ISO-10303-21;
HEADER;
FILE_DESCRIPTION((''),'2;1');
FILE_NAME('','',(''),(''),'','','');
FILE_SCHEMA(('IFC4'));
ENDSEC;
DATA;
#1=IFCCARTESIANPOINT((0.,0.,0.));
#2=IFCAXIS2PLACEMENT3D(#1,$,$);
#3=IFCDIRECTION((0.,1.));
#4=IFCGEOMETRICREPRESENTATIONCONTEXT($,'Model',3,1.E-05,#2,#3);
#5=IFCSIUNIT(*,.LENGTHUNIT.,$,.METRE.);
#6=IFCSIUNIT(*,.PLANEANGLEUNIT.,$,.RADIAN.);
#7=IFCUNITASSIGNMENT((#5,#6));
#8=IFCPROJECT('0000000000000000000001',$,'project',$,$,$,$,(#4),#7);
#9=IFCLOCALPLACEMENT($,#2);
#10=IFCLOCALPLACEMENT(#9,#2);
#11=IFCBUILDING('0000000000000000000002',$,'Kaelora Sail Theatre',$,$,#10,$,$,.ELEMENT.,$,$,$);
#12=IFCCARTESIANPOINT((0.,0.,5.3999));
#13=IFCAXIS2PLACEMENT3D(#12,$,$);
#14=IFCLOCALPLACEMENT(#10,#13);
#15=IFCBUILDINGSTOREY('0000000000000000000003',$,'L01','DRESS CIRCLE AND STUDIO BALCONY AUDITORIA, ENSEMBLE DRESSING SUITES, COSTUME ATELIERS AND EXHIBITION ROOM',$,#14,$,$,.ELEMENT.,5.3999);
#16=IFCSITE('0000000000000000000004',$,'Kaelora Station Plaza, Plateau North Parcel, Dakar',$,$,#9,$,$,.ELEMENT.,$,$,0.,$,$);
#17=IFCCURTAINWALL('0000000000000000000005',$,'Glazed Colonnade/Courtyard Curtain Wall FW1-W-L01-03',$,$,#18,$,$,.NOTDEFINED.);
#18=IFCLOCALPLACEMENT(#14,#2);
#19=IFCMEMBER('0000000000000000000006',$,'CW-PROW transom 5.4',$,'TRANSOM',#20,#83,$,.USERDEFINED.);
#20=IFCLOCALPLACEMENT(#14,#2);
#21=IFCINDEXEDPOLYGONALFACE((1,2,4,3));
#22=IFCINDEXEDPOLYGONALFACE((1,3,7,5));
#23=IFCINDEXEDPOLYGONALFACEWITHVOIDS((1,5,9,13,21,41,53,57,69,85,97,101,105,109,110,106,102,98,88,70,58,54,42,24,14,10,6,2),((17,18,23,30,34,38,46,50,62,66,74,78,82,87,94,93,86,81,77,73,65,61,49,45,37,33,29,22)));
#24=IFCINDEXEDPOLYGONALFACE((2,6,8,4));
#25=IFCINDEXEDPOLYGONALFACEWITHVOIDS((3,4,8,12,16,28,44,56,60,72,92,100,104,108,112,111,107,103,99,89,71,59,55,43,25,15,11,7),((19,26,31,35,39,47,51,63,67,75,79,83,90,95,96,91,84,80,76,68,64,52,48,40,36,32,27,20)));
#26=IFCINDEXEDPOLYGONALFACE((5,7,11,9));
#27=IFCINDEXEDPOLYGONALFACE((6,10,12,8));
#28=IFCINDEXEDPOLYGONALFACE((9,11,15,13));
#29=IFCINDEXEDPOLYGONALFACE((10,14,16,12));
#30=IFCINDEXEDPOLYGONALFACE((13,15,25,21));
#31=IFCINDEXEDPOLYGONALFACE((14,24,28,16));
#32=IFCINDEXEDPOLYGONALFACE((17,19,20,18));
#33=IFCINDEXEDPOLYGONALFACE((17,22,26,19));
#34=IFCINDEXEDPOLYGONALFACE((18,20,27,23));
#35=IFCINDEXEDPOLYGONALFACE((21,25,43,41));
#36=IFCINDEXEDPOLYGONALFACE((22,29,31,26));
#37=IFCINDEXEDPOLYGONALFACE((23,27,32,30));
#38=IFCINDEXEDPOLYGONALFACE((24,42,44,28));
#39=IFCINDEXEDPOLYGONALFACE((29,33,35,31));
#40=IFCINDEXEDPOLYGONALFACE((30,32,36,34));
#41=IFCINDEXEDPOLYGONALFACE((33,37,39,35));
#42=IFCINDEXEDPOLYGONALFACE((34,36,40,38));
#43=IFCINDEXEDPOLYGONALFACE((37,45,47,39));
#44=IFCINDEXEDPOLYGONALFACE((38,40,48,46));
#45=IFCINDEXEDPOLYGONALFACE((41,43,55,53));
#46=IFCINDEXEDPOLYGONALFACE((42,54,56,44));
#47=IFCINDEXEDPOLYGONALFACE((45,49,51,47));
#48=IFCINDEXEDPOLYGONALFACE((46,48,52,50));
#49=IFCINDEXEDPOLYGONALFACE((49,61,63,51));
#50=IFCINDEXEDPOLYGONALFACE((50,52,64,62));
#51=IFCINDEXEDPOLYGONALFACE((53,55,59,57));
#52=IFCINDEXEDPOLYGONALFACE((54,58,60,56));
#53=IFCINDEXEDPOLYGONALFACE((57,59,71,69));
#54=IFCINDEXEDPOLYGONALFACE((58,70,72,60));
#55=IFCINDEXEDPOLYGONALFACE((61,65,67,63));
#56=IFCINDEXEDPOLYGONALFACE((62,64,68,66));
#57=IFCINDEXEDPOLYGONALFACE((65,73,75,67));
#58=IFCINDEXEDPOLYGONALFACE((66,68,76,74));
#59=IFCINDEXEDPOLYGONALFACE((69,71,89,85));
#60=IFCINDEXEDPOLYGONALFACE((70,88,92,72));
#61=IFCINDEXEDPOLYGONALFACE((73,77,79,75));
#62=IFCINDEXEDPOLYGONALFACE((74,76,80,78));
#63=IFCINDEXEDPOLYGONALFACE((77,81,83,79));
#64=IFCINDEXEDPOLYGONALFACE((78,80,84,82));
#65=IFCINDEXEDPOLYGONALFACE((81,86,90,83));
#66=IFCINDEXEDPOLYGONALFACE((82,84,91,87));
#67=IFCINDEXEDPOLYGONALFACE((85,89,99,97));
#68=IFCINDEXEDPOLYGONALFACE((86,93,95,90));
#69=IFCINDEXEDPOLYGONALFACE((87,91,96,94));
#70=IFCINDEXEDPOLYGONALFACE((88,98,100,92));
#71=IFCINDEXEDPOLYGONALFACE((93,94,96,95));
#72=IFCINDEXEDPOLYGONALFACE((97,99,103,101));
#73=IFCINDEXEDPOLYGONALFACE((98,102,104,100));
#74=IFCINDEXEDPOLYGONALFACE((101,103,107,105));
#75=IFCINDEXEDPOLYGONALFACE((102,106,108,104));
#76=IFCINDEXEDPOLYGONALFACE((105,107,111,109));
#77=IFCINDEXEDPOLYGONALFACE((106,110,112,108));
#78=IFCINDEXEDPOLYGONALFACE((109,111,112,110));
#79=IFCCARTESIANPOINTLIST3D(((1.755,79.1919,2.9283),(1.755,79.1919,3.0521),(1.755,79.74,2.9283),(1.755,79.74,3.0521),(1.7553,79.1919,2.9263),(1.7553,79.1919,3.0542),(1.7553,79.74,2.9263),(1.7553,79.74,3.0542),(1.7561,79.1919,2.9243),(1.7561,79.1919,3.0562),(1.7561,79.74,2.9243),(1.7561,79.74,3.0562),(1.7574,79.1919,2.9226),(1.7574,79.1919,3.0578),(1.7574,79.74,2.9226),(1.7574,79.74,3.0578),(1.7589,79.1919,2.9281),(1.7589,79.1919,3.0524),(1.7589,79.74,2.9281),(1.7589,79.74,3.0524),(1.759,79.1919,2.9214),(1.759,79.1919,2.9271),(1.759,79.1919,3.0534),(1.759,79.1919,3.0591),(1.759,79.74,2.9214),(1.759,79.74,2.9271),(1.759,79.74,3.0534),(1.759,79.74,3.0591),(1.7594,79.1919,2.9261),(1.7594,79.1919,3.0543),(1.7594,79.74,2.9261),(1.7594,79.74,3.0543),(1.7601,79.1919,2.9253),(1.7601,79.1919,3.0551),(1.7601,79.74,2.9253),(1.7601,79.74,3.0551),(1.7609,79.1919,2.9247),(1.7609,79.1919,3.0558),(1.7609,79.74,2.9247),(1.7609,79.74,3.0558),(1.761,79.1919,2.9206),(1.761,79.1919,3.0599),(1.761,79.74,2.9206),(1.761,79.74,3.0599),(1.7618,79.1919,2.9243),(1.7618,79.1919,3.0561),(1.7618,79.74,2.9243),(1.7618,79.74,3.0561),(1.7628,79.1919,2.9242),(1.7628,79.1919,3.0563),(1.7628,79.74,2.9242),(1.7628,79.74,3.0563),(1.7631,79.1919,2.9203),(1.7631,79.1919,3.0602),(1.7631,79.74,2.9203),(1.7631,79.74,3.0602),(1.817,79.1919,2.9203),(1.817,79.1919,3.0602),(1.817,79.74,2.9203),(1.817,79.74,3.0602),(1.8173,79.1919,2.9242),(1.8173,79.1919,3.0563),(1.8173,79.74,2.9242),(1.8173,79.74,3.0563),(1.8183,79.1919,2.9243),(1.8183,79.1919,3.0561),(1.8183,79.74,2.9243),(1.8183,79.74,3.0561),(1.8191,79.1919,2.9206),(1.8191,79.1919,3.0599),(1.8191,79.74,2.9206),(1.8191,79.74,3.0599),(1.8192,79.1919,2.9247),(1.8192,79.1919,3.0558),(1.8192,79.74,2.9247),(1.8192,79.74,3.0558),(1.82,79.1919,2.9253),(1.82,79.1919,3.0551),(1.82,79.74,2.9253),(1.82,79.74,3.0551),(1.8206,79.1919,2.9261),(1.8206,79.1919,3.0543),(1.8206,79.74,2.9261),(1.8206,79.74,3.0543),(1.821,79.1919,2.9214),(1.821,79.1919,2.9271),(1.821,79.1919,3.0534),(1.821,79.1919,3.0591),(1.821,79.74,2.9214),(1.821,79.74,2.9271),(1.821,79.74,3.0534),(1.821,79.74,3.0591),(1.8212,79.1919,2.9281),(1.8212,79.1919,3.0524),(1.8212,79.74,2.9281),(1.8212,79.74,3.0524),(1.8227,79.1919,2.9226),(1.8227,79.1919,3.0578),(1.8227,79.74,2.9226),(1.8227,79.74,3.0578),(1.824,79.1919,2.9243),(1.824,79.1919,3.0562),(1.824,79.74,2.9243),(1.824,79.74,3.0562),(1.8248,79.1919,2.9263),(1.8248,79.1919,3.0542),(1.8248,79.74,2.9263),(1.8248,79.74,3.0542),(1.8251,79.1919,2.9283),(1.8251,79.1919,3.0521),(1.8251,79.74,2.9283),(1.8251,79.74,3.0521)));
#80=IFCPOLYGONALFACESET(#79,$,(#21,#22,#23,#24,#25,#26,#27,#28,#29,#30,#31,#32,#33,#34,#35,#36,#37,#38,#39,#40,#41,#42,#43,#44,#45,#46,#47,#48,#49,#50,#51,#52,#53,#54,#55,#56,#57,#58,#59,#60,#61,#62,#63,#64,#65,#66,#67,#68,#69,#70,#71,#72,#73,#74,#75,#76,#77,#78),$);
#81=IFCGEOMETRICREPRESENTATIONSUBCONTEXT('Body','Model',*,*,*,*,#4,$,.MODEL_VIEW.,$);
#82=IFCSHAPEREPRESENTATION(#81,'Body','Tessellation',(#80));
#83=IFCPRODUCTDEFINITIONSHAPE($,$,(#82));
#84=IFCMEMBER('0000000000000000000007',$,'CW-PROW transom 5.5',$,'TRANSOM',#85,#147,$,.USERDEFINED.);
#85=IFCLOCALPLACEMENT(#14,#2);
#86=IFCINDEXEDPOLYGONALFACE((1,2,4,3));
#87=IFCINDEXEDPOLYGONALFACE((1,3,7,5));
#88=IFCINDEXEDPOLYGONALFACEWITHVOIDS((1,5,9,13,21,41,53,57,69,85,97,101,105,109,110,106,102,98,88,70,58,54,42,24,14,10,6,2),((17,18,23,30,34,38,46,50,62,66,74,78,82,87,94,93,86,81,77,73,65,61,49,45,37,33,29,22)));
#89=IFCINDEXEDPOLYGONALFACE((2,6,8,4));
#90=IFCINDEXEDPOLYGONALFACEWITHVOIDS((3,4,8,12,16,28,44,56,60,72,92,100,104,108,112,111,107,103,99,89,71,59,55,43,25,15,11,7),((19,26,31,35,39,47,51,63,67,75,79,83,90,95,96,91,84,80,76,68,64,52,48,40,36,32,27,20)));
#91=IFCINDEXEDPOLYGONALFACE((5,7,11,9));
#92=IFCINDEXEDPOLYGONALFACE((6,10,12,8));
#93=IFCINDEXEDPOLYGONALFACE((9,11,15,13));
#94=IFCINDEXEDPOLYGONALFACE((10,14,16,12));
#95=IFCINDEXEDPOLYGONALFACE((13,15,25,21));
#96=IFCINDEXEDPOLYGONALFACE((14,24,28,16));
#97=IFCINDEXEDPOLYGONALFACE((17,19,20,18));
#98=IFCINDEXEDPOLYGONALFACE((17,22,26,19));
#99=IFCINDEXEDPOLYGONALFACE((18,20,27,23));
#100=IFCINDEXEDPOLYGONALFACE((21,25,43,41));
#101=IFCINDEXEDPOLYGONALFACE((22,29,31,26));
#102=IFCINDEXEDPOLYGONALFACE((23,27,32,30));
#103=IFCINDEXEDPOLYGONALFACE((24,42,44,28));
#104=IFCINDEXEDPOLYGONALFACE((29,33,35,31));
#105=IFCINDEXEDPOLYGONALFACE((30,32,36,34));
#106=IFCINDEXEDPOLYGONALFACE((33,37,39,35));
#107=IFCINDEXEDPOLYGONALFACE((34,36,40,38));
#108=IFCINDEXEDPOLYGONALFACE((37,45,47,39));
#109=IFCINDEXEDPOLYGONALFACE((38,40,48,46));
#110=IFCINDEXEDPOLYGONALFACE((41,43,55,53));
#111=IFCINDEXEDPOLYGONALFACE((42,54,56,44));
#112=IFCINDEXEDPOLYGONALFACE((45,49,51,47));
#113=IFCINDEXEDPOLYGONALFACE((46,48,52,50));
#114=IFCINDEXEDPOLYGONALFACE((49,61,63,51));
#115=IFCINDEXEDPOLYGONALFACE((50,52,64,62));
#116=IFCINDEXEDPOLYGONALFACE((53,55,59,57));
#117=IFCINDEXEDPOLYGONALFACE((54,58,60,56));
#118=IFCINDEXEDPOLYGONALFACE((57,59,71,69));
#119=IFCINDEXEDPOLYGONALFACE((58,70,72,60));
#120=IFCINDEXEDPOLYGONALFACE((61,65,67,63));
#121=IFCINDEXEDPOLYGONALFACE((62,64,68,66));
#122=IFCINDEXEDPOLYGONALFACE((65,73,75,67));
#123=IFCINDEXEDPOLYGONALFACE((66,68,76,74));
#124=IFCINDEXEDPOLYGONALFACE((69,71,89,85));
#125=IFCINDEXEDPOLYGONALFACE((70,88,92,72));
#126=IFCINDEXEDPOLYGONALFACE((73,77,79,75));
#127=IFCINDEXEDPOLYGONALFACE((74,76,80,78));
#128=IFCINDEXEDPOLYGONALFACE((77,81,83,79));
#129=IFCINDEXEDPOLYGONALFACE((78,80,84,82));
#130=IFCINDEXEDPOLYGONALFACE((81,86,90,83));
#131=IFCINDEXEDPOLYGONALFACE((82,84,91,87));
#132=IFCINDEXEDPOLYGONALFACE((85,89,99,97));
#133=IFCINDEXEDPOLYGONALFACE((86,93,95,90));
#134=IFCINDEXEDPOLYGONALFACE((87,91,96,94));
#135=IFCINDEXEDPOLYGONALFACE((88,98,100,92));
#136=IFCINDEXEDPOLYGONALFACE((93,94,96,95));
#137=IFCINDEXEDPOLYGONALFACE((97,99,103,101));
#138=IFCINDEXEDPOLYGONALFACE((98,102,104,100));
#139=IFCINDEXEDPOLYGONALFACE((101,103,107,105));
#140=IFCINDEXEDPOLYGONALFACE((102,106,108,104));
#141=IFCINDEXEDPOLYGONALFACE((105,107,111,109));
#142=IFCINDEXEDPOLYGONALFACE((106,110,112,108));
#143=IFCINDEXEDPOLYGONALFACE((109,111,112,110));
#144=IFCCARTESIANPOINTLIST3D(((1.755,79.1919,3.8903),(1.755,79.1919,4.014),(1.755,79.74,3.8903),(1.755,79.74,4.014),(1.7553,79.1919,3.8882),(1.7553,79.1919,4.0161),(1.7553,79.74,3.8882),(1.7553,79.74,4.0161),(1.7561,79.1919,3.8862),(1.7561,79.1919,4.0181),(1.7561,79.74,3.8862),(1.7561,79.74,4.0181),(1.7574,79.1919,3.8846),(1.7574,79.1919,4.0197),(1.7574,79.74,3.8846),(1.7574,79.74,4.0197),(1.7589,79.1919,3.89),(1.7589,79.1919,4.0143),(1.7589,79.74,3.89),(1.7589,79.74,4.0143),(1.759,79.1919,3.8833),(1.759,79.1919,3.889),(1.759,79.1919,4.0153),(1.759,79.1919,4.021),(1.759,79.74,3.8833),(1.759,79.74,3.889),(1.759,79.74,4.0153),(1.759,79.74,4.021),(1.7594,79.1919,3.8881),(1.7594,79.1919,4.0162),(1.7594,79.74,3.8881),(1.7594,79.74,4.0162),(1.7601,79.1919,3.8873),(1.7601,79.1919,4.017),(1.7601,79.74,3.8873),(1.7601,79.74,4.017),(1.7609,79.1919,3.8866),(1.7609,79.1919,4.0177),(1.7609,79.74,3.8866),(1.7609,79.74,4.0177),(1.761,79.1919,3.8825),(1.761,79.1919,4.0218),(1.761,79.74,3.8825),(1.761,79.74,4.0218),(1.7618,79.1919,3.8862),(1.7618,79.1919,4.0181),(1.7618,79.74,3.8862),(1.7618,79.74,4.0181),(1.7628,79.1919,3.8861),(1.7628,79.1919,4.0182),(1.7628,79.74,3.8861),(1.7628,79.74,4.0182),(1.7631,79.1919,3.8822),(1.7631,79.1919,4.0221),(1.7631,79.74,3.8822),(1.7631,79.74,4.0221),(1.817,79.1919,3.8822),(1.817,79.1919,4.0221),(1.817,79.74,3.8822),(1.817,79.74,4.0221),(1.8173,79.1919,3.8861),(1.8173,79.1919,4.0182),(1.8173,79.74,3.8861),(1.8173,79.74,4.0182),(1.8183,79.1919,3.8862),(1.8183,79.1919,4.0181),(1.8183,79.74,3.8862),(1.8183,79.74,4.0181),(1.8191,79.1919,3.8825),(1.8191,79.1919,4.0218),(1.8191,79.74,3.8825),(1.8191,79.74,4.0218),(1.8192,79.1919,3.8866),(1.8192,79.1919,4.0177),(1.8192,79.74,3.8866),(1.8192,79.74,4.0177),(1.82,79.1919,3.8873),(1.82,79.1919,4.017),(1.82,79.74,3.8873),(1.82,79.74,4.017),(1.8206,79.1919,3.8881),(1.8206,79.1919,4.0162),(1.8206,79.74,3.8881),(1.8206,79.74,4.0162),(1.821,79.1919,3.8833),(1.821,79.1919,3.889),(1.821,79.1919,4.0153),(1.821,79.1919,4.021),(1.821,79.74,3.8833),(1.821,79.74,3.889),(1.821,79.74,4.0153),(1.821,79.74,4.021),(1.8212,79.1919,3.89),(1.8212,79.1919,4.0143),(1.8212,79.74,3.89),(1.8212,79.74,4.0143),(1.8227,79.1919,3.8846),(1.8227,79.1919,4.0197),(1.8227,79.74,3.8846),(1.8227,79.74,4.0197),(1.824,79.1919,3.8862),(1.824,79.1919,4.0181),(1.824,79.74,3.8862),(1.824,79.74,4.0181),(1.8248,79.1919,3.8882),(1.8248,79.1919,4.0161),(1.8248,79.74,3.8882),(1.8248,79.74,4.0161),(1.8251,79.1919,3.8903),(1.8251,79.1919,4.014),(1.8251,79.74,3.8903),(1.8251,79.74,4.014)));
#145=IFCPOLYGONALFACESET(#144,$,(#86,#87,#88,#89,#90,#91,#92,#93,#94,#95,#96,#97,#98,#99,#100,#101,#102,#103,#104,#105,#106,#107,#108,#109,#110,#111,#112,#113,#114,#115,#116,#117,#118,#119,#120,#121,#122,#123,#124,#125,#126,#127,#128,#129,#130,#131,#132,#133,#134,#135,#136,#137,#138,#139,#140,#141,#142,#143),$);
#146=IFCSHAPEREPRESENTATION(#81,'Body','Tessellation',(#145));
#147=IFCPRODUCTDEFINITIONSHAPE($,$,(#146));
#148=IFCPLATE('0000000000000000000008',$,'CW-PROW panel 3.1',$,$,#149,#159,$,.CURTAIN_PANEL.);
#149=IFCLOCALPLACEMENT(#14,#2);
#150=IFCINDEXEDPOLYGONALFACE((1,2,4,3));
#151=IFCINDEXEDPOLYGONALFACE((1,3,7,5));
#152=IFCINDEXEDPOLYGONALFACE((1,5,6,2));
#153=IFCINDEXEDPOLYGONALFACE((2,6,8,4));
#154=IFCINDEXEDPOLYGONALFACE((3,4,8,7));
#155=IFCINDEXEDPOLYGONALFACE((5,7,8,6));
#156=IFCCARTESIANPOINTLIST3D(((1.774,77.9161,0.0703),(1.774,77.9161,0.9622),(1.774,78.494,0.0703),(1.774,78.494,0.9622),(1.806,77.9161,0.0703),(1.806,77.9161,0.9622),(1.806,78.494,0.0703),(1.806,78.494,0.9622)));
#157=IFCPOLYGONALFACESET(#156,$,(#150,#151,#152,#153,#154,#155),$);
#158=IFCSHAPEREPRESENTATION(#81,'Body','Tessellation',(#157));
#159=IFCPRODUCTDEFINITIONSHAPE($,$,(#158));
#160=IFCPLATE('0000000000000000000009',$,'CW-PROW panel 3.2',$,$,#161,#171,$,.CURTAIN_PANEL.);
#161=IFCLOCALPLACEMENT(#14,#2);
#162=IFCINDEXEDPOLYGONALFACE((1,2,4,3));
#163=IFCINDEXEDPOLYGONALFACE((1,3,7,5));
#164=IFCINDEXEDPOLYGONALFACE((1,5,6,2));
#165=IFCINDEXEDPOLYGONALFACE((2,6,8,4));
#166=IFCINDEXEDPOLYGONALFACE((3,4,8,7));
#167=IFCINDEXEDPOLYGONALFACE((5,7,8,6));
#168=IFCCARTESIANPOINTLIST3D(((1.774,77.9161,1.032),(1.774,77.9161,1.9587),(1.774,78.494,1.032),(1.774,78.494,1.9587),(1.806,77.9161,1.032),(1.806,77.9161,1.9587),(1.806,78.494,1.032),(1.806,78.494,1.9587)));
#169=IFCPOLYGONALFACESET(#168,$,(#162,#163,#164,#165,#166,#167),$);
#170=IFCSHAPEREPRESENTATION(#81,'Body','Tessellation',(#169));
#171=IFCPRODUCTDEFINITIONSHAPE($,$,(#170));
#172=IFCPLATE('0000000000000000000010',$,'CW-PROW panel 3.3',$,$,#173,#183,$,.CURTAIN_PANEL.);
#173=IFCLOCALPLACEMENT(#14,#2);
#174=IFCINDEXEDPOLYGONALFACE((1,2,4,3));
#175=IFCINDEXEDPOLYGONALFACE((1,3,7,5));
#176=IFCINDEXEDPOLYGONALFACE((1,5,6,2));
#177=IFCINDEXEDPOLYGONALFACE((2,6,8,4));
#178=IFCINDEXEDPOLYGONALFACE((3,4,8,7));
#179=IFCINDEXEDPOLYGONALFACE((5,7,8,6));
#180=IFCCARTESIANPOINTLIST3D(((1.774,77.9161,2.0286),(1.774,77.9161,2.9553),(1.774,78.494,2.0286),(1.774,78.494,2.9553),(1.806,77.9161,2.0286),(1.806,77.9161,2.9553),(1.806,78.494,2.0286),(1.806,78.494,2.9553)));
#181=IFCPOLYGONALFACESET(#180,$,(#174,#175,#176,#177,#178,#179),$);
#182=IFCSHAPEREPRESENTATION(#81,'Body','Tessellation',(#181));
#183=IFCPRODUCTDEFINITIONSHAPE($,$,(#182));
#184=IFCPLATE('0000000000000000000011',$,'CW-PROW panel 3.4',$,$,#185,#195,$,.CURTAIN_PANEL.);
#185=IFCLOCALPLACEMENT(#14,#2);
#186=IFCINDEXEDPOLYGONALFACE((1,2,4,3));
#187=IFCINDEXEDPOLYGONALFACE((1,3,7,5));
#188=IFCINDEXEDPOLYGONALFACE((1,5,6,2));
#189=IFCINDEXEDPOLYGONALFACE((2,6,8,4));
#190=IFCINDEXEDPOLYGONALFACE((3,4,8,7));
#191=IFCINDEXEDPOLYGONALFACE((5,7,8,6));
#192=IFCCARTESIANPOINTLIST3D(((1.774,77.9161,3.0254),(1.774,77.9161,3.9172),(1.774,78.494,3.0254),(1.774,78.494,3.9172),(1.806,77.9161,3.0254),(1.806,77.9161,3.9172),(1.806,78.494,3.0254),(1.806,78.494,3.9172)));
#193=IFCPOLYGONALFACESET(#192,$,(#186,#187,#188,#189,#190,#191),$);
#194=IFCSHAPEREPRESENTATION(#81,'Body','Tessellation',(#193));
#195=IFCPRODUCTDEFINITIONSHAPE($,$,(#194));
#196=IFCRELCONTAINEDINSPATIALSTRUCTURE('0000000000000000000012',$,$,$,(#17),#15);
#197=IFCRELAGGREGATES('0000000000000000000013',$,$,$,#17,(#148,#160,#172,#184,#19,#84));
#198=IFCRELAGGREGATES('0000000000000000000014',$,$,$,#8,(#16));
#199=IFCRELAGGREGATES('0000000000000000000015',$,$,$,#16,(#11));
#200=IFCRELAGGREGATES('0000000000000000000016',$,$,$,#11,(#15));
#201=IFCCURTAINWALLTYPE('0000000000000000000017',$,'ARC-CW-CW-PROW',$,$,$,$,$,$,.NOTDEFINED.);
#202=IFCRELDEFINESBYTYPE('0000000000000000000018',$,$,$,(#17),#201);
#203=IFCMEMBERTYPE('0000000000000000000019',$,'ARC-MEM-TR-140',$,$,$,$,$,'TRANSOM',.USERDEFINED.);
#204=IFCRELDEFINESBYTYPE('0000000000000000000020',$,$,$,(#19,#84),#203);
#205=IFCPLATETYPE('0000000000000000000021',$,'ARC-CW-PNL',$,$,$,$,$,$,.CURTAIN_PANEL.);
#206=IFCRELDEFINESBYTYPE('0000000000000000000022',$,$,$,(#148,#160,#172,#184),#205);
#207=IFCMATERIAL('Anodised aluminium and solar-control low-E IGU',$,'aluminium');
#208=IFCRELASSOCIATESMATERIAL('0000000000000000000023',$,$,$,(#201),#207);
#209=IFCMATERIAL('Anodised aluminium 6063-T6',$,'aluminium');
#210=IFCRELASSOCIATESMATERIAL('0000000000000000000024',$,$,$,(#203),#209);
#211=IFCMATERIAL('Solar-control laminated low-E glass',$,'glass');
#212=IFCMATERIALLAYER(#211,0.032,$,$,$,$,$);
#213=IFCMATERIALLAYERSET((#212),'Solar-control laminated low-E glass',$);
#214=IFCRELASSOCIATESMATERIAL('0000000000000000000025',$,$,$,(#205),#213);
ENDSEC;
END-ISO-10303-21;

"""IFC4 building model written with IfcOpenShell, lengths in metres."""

from ifc_helpers import new_model, si_unit, direction, frame, origin, origin_2d, place, context, subcontext, project, spatial, rectangle, hollow_rectangle, extrude, material, layer, layer_set, material_profile, profile_set, type_object, element, aggregate, save


model = new_model("IFC4")

# Units and contexts
model_context = context("Model", 3, precision=1e-05, world=origin(), true_north=direction((0.0, 1.0)))
body_context = subcontext(model_context, "Body", "Model", "MODEL_VIEW")
ifc_project = project(units=[si_unit("LENGTHUNIT", "METRE"), si_unit("PLANEANGLEUNIT", "RADIAN")], contexts=[model_context])

# Site, building, storey
site_placement = place(None, origin())
site = spatial("IfcSite", under=ifc_project, at=site_placement, Name="Kaelora Station Plaza, Plateau North Parcel, Dakar", CompositionType="ELEMENT", RefElevation=0.0)
building_placement = place(site_placement, origin())
building = spatial("IfcBuilding", under=site, at=building_placement, Name="Kaelora Sail Theatre", CompositionType="ELEMENT")
storey_placement = place(building_placement, frame((0.0, 0.0, 5.3999)))
storey = spatial("IfcBuildingStorey", under=building, at=storey_placement, Name="L01", Description="DRESS CIRCLE AND STUDIO BALCONY AUDITORIA, ENSEMBLE DRESSING SUITES, COSTUME ATELIERS AND EXHIBITION ROOM", CompositionType="ELEMENT", Elevation=5.3999)

# Curtain wall, members, plates
ifc_material_1 = material(Name="Anodised aluminium and solar-control low-E IGU", Category="aluminium")
curtain_wall_type = type_object("IfcCurtainWallType", Name="ARC-CW-CW-PROW", PredefinedType="NOTDEFINED", material=ifc_material_1)
curtain_wall_placement = place(storey_placement, origin())
curtain_wall = element("IfcCurtainWall", 1, at=curtain_wall_placement, inside=storey, type_object=curtain_wall_type, Name="Glazed Colonnade/Courtyard Curtain Wall FW1-W-L01-03", PredefinedType="NOTDEFINED")
ifc_material_2 = material(Name="Anodised aluminium 6063-T6", Category="aluminium")
ifc_material_profile_1 = material_profile(ifc_material_2, hollow_rectangle(XDim=0.0701, YDim=0.1399, WallThickness=0.0039, InnerFilletRadius=0.0039, OuterFilletRadius=0.0081, at=origin_2d()), Name="ALU-TRAN 70x140x4")
ifc_profile_set_1 = profile_set([ifc_material_profile_1], Name="Anodised aluminium 6063-T6")
member_type_1 = type_object("IfcMemberType", Name="ARC-MEM-TR-140", ElementType="TRANSOM", PredefinedType="USERDEFINED", material=ifc_profile_set_1)
member_1_placement = place(storey_placement, frame((1.79, 79.1919, 2.9902), z_axis=(0.0, 1.0, 0.0), x_axis=(-1.0, 0.0, 0.0)))
member_1 = element("IfcMember", 2, at=member_1_placement, type_object=member_type_1, Name="CW-PROW transom 5.4", ObjectType="TRANSOM", PredefinedType="USERDEFINED", context=body_context, shape_type="SweptSolid", body=[
    extrude(hollow_rectangle(XDim=0.0701, YDim=0.1399, WallThickness=0.0039, InnerFilletRadius=0.0039, OuterFilletRadius=0.0081, at=origin_2d()), origin(), (0.0, 0.0, 1.0), 0.5481),
])
member_2_placement = place(storey_placement, frame((1.79, 79.1919, 3.9521), z_axis=(0.0, 1.0, 0.0), x_axis=(-1.0, 0.0, 0.0)))
member_2 = element("IfcMember", 3, at=member_2_placement, type_object=member_type_1, Name="CW-PROW transom 5.5", ObjectType="TRANSOM", PredefinedType="USERDEFINED", context=body_context, shape_type="SweptSolid", body=[
    extrude(hollow_rectangle(XDim=0.0701, YDim=0.1399, WallThickness=0.0039, InnerFilletRadius=0.0039, OuterFilletRadius=0.0081, at=origin_2d()), origin(), (0.0, 0.0, 1.0), 0.5481),
])
ifc_material_3 = material(Name="Solar-control laminated low-E glass", Category="glass")
ifc_layer = layer(ifc_material_3, 0.032)
ifc_layer_set = layer_set([ifc_layer], Name="Solar-control laminated low-E glass")
plate_type = type_object("IfcPlateType", Name="ARC-CW-PNL", PredefinedType="CURTAIN_PANEL", material=ifc_layer_set)
plate_1_placement = place(storey_placement, frame((1.79, 78.2051, 0.0703), z_axis=(0.0, 0.0, 1.0), x_axis=(0.0, 1.0, 0.0)))
plate_1 = element("IfcPlate", 4, at=plate_1_placement, type_object=plate_type, Name="CW-PROW panel 3.1", PredefinedType="CURTAIN_PANEL", context=body_context, shape_type="SweptSolid", body=[
    extrude(rectangle(XDim=0.5779, YDim=0.032, at=origin_2d()), origin(), (0.0, 0.0, 1.0), 0.8918),
])
plate_2_placement = place(storey_placement, frame((1.79, 78.2051, 1.032), z_axis=(0.0, 0.0, 1.0), x_axis=(0.0, 1.0, 0.0)))
plate_2 = element("IfcPlate", 5, at=plate_2_placement, type_object=plate_type, Name="CW-PROW panel 3.2", PredefinedType="CURTAIN_PANEL", context=body_context, shape_type="SweptSolid", body=[
    extrude(rectangle(XDim=0.5779, YDim=0.032, at=origin_2d()), origin(), (0.0, 0.0, 1.0), 0.9268),
])
plate_3_placement = place(storey_placement, frame((1.79, 78.2051, 2.0286), z_axis=(0.0, 0.0, 1.0), x_axis=(0.0, 1.0, 0.0)))
plate_3 = element("IfcPlate", 6, at=plate_3_placement, type_object=plate_type, Name="CW-PROW panel 3.3", PredefinedType="CURTAIN_PANEL", context=body_context, shape_type="SweptSolid", body=[
    extrude(rectangle(XDim=0.5779, YDim=0.032, at=origin_2d()), origin(), (0.0, 0.0, 1.0), 0.9268),
])
plate_4_placement = place(storey_placement, frame((1.79, 78.2051, 3.0254), z_axis=(0.0, 0.0, 1.0), x_axis=(0.0, 1.0, 0.0)))
plate_4 = element("IfcPlate", 7, at=plate_4_placement, type_object=plate_type, Name="CW-PROW panel 3.4", PredefinedType="CURTAIN_PANEL", context=body_context, shape_type="SweptSolid", body=[
    extrude(rectangle(XDim=0.5779, YDim=0.032, at=origin_2d()), origin(), (0.0, 0.0, 1.0), 0.8918),
])
aggregate(curtain_wall, [plate_1, plate_2, plate_3, plate_4, member_1, member_2])

save(model, "model.ifc")
